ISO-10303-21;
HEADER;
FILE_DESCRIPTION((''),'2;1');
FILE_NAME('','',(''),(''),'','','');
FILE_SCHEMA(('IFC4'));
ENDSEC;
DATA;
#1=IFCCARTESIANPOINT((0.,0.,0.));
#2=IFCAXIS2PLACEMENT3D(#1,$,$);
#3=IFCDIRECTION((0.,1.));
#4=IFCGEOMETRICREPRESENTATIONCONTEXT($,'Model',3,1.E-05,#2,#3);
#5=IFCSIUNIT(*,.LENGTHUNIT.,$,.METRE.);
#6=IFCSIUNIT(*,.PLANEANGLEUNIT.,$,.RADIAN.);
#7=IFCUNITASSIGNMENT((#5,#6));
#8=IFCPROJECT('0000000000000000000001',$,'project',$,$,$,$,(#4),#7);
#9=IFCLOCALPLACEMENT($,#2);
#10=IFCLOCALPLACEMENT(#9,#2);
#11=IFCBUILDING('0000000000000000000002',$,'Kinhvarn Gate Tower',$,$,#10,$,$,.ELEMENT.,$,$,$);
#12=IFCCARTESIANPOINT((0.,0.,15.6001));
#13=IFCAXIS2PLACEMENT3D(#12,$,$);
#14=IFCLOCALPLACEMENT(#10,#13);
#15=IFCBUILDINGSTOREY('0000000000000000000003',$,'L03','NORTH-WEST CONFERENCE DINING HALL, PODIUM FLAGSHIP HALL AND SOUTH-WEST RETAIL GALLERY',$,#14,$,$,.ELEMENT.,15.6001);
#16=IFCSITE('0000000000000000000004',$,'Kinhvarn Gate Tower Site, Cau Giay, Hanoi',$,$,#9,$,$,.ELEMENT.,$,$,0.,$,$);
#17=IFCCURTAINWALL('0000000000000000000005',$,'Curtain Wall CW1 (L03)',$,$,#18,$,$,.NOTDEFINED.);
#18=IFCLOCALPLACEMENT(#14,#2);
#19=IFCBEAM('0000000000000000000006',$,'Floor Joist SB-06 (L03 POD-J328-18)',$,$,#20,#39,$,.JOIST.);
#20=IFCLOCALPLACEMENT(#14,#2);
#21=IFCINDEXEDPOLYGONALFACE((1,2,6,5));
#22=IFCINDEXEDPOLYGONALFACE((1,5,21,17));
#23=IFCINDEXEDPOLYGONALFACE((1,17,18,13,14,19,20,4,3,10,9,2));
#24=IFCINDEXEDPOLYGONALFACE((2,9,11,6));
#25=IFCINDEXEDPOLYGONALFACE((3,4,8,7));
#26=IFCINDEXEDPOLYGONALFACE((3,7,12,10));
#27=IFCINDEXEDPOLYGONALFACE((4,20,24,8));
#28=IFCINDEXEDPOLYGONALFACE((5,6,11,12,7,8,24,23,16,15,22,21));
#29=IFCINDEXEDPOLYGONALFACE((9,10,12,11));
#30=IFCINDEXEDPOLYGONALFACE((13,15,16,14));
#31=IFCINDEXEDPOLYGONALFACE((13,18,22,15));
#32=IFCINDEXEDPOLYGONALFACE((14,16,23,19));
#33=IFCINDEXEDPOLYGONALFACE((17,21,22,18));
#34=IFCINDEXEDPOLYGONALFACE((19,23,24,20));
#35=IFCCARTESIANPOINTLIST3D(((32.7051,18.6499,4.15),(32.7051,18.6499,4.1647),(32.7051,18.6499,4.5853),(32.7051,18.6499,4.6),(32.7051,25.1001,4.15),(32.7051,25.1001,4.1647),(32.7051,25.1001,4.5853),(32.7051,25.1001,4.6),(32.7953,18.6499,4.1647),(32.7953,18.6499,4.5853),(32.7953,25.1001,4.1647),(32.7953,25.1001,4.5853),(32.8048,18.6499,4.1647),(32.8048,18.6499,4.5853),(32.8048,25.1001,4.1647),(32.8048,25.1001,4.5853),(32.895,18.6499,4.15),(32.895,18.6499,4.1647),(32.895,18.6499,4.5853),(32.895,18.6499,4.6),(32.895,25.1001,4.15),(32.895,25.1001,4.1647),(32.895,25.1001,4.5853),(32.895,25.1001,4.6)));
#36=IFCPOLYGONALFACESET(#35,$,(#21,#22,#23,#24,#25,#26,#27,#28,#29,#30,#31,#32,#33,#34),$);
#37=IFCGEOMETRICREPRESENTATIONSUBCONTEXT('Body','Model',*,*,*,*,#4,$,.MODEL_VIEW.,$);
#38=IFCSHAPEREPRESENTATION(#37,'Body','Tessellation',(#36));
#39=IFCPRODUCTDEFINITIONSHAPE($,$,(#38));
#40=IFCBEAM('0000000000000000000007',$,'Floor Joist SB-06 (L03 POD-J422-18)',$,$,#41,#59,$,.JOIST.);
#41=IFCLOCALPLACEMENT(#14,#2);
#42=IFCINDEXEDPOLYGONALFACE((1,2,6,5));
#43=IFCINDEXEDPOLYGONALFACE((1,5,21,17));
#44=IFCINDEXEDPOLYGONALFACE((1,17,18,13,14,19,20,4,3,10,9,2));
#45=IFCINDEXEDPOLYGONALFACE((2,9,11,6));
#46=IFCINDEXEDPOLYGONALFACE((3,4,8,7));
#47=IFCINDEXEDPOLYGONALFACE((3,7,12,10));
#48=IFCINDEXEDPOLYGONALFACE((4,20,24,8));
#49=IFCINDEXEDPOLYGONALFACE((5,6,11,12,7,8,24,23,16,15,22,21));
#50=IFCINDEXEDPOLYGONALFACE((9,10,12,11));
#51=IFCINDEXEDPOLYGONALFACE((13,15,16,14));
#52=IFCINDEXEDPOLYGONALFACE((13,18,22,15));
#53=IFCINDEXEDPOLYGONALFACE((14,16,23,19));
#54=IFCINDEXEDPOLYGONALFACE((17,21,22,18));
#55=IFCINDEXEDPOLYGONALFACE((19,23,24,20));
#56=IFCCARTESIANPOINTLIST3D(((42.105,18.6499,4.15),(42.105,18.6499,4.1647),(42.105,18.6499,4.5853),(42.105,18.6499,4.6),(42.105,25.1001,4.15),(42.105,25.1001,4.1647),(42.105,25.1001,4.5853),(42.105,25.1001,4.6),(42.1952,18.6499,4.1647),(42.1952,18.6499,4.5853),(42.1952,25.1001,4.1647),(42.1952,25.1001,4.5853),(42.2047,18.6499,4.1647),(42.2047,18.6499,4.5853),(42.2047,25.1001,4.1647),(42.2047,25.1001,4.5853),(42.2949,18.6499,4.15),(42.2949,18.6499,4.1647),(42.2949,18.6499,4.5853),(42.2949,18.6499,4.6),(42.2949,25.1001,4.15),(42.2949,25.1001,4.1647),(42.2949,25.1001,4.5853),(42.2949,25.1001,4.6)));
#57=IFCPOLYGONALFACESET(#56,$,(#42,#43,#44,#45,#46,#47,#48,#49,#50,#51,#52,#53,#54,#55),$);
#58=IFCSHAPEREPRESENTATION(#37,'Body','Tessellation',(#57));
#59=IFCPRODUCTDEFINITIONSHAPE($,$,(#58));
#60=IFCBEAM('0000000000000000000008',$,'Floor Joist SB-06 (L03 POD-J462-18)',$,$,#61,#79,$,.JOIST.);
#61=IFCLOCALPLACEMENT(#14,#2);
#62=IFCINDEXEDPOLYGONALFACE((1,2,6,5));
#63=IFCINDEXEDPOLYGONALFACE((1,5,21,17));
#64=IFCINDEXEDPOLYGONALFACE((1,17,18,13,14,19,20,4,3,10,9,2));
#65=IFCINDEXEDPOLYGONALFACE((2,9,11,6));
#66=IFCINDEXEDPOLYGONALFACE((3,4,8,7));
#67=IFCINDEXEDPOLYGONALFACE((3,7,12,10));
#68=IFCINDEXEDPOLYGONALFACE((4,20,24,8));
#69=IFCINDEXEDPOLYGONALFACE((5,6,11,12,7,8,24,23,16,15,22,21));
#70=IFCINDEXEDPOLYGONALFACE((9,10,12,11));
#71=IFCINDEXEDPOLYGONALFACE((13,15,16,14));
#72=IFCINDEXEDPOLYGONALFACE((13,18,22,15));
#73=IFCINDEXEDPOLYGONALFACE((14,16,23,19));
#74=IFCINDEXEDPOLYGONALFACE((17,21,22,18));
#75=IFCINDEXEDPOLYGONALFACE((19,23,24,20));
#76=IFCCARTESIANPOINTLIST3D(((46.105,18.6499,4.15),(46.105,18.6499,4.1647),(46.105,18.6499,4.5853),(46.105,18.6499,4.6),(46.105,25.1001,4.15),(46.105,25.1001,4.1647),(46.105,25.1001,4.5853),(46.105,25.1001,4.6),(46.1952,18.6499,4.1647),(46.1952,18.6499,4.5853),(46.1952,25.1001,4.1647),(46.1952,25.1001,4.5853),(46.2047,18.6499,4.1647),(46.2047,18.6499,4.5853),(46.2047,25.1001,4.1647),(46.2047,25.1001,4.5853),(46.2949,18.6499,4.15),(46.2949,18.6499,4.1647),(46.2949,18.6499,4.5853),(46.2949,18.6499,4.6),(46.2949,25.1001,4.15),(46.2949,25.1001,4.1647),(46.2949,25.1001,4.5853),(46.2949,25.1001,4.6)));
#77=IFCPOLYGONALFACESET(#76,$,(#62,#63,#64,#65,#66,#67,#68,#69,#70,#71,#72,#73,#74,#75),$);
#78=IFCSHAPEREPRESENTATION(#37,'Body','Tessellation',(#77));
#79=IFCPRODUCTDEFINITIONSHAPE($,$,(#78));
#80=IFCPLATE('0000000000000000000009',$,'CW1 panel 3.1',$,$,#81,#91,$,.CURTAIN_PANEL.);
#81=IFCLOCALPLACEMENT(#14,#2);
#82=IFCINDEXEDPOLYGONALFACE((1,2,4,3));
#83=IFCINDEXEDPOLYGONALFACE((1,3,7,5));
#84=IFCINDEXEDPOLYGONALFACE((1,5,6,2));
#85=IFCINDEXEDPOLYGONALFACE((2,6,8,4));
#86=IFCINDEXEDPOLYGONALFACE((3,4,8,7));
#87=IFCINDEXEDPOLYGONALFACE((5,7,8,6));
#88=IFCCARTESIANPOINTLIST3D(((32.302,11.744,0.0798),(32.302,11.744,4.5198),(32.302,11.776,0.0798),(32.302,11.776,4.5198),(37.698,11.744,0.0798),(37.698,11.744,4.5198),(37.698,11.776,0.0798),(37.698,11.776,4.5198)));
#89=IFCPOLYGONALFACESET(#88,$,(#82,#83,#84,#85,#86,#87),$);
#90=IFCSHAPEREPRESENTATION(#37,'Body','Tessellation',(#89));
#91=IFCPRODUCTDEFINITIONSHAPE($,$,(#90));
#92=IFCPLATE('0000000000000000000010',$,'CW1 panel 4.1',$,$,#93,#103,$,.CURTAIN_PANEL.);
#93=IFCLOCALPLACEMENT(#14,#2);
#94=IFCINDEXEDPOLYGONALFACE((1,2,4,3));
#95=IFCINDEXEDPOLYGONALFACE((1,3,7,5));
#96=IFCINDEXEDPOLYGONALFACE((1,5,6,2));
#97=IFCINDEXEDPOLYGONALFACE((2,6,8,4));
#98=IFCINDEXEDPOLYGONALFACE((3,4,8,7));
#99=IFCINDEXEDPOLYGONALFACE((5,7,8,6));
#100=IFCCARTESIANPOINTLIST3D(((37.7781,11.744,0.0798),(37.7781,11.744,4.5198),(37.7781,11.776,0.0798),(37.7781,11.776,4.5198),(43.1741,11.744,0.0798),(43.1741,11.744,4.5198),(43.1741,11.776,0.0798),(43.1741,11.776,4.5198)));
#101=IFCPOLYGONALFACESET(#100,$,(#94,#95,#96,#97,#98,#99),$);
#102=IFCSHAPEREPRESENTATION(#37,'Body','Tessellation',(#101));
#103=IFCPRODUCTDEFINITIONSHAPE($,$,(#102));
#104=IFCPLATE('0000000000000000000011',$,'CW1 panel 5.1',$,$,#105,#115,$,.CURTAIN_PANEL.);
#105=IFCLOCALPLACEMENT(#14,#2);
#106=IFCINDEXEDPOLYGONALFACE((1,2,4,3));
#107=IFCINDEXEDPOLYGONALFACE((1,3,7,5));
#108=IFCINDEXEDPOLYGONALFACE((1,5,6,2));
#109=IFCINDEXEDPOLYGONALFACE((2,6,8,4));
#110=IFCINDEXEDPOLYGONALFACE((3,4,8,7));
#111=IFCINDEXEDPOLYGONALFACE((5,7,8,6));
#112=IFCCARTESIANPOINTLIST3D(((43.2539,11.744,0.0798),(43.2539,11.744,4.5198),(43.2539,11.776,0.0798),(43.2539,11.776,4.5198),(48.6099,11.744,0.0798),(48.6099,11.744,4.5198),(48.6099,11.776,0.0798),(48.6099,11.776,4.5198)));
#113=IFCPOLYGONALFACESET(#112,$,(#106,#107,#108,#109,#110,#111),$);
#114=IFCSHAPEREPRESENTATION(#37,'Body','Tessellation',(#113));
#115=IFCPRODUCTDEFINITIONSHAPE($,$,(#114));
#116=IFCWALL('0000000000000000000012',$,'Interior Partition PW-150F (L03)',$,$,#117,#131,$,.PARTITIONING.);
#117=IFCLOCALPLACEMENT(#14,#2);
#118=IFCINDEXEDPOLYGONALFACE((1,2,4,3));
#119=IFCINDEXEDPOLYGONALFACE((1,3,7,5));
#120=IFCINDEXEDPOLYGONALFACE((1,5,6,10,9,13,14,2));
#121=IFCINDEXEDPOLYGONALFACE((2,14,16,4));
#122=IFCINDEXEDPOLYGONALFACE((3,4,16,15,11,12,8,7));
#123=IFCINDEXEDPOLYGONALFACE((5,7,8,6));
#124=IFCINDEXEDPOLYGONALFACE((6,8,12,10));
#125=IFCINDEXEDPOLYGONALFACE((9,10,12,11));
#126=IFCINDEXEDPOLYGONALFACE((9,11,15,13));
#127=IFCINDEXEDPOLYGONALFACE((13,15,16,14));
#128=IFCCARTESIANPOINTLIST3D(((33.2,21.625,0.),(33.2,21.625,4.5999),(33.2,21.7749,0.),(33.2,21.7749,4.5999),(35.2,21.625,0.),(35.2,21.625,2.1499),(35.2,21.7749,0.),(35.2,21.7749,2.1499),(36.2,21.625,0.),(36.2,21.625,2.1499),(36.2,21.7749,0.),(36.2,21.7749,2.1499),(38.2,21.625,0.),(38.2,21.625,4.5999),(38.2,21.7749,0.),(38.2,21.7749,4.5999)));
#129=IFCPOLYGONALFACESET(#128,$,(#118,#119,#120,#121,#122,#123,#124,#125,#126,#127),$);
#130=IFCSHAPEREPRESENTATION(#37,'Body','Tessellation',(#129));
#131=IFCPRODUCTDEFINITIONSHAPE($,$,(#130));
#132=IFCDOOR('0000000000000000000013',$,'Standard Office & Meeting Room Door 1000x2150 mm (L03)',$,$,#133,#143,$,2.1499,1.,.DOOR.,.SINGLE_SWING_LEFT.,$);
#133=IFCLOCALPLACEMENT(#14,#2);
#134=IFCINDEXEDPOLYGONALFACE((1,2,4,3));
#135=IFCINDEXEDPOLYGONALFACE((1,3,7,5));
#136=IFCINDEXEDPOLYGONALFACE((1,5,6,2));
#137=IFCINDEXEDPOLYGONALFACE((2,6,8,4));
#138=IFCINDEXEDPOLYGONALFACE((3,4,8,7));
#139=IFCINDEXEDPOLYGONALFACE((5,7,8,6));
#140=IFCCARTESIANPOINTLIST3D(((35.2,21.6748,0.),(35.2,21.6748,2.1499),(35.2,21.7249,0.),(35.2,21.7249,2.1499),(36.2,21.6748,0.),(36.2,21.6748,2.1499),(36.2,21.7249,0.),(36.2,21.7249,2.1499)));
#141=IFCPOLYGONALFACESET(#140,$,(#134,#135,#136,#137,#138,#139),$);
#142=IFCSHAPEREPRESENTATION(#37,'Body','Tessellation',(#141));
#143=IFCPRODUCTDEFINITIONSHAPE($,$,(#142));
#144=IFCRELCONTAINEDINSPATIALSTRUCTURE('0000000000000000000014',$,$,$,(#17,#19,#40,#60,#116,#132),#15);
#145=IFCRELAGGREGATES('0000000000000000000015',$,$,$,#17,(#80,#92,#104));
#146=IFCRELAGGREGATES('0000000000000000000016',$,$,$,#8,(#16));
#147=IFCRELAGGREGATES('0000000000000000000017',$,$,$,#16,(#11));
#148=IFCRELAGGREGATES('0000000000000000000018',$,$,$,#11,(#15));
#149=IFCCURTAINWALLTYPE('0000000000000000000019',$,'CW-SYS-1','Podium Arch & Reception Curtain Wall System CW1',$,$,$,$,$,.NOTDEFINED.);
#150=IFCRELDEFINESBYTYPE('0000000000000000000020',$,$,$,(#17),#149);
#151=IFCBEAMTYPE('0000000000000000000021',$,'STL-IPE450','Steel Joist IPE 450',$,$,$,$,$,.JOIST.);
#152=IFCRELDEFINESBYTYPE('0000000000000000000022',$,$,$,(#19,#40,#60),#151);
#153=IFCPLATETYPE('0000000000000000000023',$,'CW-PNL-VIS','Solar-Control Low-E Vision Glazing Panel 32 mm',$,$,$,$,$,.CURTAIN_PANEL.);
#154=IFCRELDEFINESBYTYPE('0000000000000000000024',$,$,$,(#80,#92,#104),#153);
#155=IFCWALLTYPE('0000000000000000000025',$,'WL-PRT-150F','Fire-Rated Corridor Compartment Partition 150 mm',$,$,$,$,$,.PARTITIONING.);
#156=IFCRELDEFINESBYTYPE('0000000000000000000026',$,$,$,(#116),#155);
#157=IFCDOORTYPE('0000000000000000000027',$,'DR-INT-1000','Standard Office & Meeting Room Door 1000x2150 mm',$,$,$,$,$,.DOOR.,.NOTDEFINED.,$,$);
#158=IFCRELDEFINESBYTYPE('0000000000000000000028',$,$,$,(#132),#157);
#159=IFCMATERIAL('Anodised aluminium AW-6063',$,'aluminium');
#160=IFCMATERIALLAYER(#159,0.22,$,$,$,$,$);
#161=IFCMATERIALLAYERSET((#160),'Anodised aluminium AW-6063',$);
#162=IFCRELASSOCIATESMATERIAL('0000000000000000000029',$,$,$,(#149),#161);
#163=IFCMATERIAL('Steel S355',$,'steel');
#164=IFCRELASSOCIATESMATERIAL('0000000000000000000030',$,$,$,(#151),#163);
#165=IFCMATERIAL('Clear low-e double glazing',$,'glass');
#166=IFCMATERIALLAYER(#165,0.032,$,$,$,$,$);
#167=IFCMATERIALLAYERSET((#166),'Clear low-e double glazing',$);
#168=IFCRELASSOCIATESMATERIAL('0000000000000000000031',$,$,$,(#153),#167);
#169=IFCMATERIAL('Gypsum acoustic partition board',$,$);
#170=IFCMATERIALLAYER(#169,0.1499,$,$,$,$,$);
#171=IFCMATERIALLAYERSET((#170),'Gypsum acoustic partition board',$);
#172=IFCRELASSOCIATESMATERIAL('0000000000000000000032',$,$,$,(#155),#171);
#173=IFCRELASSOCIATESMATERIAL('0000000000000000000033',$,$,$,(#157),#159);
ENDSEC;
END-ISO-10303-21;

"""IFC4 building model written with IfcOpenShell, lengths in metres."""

from ifc_helpers import new_model, si_unit, direction, frame, frame_2d, origin, origin_2d, place, context, subcontext, project, spatial, rectangle, i_section, extrude, material, layer, layer_set, material_profile, profile_set, type_object, element, fill, aggregate, save


model = new_model("IFC4")

# Units and contexts
model_context = context("Model", 3, precision=1e-05, world=origin(), true_north=direction((0.0, 1.0)))
body_context = subcontext(model_context, "Body", "Model", "MODEL_VIEW")
ifc_project = project(units=[si_unit("LENGTHUNIT", "METRE"), si_unit("PLANEANGLEUNIT", "RADIAN")], contexts=[model_context])

# Site, building, storey
site_placement = place(None, origin())
site = spatial("IfcSite", under=ifc_project, at=site_placement, Name="Kinhvarn Gate Tower Site, Cau Giay, Hanoi", CompositionType="ELEMENT", RefElevation=0.0)
building_placement = place(site_placement, origin())
building = spatial("IfcBuilding", under=site, at=building_placement, Name="Kinhvarn Gate Tower", CompositionType="ELEMENT")
storey_placement = place(building_placement, frame((0.0, 0.0, 15.6001)))
storey = spatial("IfcBuildingStorey", under=building, at=storey_placement, Name="L03", Description="NORTH-WEST CONFERENCE DINING HALL, PODIUM FLAGSHIP HALL AND SOUTH-WEST RETAIL GALLERY", CompositionType="ELEMENT", Elevation=15.6001)

# Curtain wall
ifc_material_1 = material(Name="Anodised aluminium AW-6063", Category="aluminium")
ifc_layer_1 = layer(ifc_material_1, 0.22)
ifc_layer_set_1 = layer_set([ifc_layer_1], Name="Anodised aluminium AW-6063")
curtain_wall_type = type_object("IfcCurtainWallType", Name="CW-SYS-1", Description="Podium Arch & Reception Curtain Wall System CW1", PredefinedType="NOTDEFINED", material=ifc_layer_set_1)
curtain_wall_placement = place(storey_placement, origin())
curtain_wall = element("IfcCurtainWall", 1, at=curtain_wall_placement, inside=storey, type_object=curtain_wall_type, Name="Curtain Wall CW1 (L03)", PredefinedType="NOTDEFINED")

# Beams
ifc_material_2 = material(Name="Steel S355", Category="steel")
ifc_material_profile_1 = material_profile(ifc_material_2, i_section(OverallWidth=0.1899, OverallDepth=0.45, WebThickness=0.0095, FlangeThickness=0.0146, at=origin_2d()), Name="IPE 450")
ifc_profile_set_1 = profile_set([ifc_material_profile_1], Name="Steel S355")
beam_type_1 = type_object("IfcBeamType", Name="STL-IPE450", Description="Steel Joist IPE 450", PredefinedType="JOIST", material=ifc_profile_set_1)
for number, where, z_axis, x_axis, name in (
    (2, (32.8, 18.6499, 4.375), (0.0, 1.0, 0.0), (-1.0, 0.0, 0.0), "Floor Joist SB-06 (L03 POD-J328-18)"),
    (3, (42.2, 18.6499, 4.375), (0.0, 1.0, 0.0), (-1.0, 0.0, 0.0), "Floor Joist SB-06 (L03 POD-J422-18)"),
    (4, (46.2, 18.6499, 4.375), (0.0, 1.0, 0.0), (-1.0, 0.0, 0.0), "Floor Joist SB-06 (L03 POD-J462-18)"),
):
    element("IfcBeam", number, at=place(storey_placement, frame(where, z_axis=z_axis, x_axis=x_axis)), inside=storey, type_object=beam_type_1, Name=name, PredefinedType="JOIST", context=body_context, shape_type="SweptSolid", body=[
        extrude(i_section(OverallWidth=0.1899, OverallDepth=0.45, WebThickness=0.0095, FlangeThickness=0.0146, at=origin_2d()), origin(), (0.0, 0.0, 1.0), 6.4502),
    ])

# Plates
ifc_material_3 = material(Name="Clear low-e double glazing", Category="glass")
ifc_layer_2 = layer(ifc_material_3, 0.032)
ifc_layer_set_2 = layer_set([ifc_layer_2], Name="Clear low-e double glazing")
plate_type = type_object("IfcPlateType", Name="CW-PNL-VIS", Description="Solar-Control Low-E Vision Glazing Panel 32 mm", PredefinedType="CURTAIN_PANEL", material=ifc_layer_set_2)
plate_1_placement = place(storey_placement, frame((35.0, 11.76, 0.0798), z_axis=(0.0, 0.0, 1.0), x_axis=(1.0, 0.0, 0.0)))
plate_1 = element("IfcPlate", 5, at=plate_1_placement, type_object=plate_type, Name="CW1 panel 3.1", PredefinedType="CURTAIN_PANEL", context=body_context, shape_type="SweptSolid", body=[
    extrude(rectangle(XDim=5.396, YDim=0.032, at=origin_2d()), origin(), (0.0, 0.0, 1.0), 4.4399),
])
plate_2_placement = place(storey_placement, frame((40.4761, 11.76, 0.0798), z_axis=(0.0, 0.0, 1.0), x_axis=(1.0, 0.0, 0.0)))
plate_2 = element("IfcPlate", 6, at=plate_2_placement, type_object=plate_type, Name="CW1 panel 4.1", PredefinedType="CURTAIN_PANEL", context=body_context, shape_type="SweptSolid", body=[
    extrude(rectangle(XDim=5.396, YDim=0.032, at=origin_2d()), origin(), (0.0, 0.0, 1.0), 4.4399),
])
plate_3_placement = place(storey_placement, frame((45.9319, 11.76, 0.0798), z_axis=(0.0, 0.0, 1.0), x_axis=(1.0, 0.0, 0.0)))
plate_3 = element("IfcPlate", 7, at=plate_3_placement, type_object=plate_type, Name="CW1 panel 5.1", PredefinedType="CURTAIN_PANEL", context=body_context, shape_type="SweptSolid", body=[
    extrude(rectangle(XDim=5.356, YDim=0.032, at=origin_2d()), origin(), (0.0, 0.0, 1.0), 4.4399),
])
aggregate(curtain_wall, [plate_1, plate_2, plate_3])

# Wall, opening, door
ifc_material_4 = material(Name="Gypsum acoustic partition board")
ifc_layer_3 = layer(ifc_material_4, 0.1499)
ifc_layer_set_3 = layer_set([ifc_layer_3], Name="Gypsum acoustic partition board")
wall_type = type_object("IfcWallType", Name="WL-PRT-150F", Description="Fire-Rated Corridor Compartment Partition 150 mm", PredefinedType="PARTITIONING", material=ifc_layer_set_3)
wall_placement = place(storey_placement, frame((33.2, 21.7, 0.0), z_axis=(0.0, 0.0, 1.0), x_axis=(1.0, 0.0, 0.0)))
wall = element("IfcWall", 8, at=wall_placement, inside=storey, type_object=wall_type, Name="Interior Partition PW-150F (L03)", PredefinedType="PARTITIONING", context=body_context, shape_type="SweptSolid", body=[
    extrude(rectangle(XDim=5.0, YDim=0.1499, at=frame_2d((2.5, 0.0))), origin(), (0.0, 0.0, 1.0), 4.5999),
])
opening_placement = place(wall_placement, frame((2.0, 0.0, 0.0)))
opening = element("IfcOpeningElement", 9, at=opening_placement, cuts=wall, PredefinedType="OPENING", context=body_context, shape_type="SweptSolid", body=[
    extrude(rectangle(XDim=1.0, YDim=2.1499, at=frame_2d((0.5, 1.075))), frame((0.0, 0.085, 0.0), z_axis=(0.0, -1.0, 0.0), x_axis=(1.0, 0.0, 0.0)), (0.0, 0.0, 1.0), 0.1699),
])
door_type = type_object("IfcDoorType", Name="DR-INT-1000", Description="Standard Office & Meeting Room Door 1000x2150 mm", OperationType="NOTDEFINED", PredefinedType="DOOR", material=ifc_material_1)
door_placement = place(opening_placement, origin())
door = element("IfcDoor", 10, at=door_placement, inside=storey, type_object=door_type, Name="Standard Office & Meeting Room Door 1000x2150 mm (L03)", OperationType="SINGLE_SWING_LEFT", OverallHeight=2.1499, OverallWidth=1.0, PredefinedType="DOOR", context=body_context, shape_type="SweptSolid", body=[
    extrude(rectangle(XDim=1.0, YDim=2.1499, at=frame_2d((0.5, 1.075))), frame((0.0, 0.0249, 0.0), z_axis=(0.0, -1.0, 0.0), x_axis=(1.0, 0.0, 0.0)), (0.0, 0.0, 1.0), 0.05),
])
fill(opening, door)

save(model, "model.ifc")
